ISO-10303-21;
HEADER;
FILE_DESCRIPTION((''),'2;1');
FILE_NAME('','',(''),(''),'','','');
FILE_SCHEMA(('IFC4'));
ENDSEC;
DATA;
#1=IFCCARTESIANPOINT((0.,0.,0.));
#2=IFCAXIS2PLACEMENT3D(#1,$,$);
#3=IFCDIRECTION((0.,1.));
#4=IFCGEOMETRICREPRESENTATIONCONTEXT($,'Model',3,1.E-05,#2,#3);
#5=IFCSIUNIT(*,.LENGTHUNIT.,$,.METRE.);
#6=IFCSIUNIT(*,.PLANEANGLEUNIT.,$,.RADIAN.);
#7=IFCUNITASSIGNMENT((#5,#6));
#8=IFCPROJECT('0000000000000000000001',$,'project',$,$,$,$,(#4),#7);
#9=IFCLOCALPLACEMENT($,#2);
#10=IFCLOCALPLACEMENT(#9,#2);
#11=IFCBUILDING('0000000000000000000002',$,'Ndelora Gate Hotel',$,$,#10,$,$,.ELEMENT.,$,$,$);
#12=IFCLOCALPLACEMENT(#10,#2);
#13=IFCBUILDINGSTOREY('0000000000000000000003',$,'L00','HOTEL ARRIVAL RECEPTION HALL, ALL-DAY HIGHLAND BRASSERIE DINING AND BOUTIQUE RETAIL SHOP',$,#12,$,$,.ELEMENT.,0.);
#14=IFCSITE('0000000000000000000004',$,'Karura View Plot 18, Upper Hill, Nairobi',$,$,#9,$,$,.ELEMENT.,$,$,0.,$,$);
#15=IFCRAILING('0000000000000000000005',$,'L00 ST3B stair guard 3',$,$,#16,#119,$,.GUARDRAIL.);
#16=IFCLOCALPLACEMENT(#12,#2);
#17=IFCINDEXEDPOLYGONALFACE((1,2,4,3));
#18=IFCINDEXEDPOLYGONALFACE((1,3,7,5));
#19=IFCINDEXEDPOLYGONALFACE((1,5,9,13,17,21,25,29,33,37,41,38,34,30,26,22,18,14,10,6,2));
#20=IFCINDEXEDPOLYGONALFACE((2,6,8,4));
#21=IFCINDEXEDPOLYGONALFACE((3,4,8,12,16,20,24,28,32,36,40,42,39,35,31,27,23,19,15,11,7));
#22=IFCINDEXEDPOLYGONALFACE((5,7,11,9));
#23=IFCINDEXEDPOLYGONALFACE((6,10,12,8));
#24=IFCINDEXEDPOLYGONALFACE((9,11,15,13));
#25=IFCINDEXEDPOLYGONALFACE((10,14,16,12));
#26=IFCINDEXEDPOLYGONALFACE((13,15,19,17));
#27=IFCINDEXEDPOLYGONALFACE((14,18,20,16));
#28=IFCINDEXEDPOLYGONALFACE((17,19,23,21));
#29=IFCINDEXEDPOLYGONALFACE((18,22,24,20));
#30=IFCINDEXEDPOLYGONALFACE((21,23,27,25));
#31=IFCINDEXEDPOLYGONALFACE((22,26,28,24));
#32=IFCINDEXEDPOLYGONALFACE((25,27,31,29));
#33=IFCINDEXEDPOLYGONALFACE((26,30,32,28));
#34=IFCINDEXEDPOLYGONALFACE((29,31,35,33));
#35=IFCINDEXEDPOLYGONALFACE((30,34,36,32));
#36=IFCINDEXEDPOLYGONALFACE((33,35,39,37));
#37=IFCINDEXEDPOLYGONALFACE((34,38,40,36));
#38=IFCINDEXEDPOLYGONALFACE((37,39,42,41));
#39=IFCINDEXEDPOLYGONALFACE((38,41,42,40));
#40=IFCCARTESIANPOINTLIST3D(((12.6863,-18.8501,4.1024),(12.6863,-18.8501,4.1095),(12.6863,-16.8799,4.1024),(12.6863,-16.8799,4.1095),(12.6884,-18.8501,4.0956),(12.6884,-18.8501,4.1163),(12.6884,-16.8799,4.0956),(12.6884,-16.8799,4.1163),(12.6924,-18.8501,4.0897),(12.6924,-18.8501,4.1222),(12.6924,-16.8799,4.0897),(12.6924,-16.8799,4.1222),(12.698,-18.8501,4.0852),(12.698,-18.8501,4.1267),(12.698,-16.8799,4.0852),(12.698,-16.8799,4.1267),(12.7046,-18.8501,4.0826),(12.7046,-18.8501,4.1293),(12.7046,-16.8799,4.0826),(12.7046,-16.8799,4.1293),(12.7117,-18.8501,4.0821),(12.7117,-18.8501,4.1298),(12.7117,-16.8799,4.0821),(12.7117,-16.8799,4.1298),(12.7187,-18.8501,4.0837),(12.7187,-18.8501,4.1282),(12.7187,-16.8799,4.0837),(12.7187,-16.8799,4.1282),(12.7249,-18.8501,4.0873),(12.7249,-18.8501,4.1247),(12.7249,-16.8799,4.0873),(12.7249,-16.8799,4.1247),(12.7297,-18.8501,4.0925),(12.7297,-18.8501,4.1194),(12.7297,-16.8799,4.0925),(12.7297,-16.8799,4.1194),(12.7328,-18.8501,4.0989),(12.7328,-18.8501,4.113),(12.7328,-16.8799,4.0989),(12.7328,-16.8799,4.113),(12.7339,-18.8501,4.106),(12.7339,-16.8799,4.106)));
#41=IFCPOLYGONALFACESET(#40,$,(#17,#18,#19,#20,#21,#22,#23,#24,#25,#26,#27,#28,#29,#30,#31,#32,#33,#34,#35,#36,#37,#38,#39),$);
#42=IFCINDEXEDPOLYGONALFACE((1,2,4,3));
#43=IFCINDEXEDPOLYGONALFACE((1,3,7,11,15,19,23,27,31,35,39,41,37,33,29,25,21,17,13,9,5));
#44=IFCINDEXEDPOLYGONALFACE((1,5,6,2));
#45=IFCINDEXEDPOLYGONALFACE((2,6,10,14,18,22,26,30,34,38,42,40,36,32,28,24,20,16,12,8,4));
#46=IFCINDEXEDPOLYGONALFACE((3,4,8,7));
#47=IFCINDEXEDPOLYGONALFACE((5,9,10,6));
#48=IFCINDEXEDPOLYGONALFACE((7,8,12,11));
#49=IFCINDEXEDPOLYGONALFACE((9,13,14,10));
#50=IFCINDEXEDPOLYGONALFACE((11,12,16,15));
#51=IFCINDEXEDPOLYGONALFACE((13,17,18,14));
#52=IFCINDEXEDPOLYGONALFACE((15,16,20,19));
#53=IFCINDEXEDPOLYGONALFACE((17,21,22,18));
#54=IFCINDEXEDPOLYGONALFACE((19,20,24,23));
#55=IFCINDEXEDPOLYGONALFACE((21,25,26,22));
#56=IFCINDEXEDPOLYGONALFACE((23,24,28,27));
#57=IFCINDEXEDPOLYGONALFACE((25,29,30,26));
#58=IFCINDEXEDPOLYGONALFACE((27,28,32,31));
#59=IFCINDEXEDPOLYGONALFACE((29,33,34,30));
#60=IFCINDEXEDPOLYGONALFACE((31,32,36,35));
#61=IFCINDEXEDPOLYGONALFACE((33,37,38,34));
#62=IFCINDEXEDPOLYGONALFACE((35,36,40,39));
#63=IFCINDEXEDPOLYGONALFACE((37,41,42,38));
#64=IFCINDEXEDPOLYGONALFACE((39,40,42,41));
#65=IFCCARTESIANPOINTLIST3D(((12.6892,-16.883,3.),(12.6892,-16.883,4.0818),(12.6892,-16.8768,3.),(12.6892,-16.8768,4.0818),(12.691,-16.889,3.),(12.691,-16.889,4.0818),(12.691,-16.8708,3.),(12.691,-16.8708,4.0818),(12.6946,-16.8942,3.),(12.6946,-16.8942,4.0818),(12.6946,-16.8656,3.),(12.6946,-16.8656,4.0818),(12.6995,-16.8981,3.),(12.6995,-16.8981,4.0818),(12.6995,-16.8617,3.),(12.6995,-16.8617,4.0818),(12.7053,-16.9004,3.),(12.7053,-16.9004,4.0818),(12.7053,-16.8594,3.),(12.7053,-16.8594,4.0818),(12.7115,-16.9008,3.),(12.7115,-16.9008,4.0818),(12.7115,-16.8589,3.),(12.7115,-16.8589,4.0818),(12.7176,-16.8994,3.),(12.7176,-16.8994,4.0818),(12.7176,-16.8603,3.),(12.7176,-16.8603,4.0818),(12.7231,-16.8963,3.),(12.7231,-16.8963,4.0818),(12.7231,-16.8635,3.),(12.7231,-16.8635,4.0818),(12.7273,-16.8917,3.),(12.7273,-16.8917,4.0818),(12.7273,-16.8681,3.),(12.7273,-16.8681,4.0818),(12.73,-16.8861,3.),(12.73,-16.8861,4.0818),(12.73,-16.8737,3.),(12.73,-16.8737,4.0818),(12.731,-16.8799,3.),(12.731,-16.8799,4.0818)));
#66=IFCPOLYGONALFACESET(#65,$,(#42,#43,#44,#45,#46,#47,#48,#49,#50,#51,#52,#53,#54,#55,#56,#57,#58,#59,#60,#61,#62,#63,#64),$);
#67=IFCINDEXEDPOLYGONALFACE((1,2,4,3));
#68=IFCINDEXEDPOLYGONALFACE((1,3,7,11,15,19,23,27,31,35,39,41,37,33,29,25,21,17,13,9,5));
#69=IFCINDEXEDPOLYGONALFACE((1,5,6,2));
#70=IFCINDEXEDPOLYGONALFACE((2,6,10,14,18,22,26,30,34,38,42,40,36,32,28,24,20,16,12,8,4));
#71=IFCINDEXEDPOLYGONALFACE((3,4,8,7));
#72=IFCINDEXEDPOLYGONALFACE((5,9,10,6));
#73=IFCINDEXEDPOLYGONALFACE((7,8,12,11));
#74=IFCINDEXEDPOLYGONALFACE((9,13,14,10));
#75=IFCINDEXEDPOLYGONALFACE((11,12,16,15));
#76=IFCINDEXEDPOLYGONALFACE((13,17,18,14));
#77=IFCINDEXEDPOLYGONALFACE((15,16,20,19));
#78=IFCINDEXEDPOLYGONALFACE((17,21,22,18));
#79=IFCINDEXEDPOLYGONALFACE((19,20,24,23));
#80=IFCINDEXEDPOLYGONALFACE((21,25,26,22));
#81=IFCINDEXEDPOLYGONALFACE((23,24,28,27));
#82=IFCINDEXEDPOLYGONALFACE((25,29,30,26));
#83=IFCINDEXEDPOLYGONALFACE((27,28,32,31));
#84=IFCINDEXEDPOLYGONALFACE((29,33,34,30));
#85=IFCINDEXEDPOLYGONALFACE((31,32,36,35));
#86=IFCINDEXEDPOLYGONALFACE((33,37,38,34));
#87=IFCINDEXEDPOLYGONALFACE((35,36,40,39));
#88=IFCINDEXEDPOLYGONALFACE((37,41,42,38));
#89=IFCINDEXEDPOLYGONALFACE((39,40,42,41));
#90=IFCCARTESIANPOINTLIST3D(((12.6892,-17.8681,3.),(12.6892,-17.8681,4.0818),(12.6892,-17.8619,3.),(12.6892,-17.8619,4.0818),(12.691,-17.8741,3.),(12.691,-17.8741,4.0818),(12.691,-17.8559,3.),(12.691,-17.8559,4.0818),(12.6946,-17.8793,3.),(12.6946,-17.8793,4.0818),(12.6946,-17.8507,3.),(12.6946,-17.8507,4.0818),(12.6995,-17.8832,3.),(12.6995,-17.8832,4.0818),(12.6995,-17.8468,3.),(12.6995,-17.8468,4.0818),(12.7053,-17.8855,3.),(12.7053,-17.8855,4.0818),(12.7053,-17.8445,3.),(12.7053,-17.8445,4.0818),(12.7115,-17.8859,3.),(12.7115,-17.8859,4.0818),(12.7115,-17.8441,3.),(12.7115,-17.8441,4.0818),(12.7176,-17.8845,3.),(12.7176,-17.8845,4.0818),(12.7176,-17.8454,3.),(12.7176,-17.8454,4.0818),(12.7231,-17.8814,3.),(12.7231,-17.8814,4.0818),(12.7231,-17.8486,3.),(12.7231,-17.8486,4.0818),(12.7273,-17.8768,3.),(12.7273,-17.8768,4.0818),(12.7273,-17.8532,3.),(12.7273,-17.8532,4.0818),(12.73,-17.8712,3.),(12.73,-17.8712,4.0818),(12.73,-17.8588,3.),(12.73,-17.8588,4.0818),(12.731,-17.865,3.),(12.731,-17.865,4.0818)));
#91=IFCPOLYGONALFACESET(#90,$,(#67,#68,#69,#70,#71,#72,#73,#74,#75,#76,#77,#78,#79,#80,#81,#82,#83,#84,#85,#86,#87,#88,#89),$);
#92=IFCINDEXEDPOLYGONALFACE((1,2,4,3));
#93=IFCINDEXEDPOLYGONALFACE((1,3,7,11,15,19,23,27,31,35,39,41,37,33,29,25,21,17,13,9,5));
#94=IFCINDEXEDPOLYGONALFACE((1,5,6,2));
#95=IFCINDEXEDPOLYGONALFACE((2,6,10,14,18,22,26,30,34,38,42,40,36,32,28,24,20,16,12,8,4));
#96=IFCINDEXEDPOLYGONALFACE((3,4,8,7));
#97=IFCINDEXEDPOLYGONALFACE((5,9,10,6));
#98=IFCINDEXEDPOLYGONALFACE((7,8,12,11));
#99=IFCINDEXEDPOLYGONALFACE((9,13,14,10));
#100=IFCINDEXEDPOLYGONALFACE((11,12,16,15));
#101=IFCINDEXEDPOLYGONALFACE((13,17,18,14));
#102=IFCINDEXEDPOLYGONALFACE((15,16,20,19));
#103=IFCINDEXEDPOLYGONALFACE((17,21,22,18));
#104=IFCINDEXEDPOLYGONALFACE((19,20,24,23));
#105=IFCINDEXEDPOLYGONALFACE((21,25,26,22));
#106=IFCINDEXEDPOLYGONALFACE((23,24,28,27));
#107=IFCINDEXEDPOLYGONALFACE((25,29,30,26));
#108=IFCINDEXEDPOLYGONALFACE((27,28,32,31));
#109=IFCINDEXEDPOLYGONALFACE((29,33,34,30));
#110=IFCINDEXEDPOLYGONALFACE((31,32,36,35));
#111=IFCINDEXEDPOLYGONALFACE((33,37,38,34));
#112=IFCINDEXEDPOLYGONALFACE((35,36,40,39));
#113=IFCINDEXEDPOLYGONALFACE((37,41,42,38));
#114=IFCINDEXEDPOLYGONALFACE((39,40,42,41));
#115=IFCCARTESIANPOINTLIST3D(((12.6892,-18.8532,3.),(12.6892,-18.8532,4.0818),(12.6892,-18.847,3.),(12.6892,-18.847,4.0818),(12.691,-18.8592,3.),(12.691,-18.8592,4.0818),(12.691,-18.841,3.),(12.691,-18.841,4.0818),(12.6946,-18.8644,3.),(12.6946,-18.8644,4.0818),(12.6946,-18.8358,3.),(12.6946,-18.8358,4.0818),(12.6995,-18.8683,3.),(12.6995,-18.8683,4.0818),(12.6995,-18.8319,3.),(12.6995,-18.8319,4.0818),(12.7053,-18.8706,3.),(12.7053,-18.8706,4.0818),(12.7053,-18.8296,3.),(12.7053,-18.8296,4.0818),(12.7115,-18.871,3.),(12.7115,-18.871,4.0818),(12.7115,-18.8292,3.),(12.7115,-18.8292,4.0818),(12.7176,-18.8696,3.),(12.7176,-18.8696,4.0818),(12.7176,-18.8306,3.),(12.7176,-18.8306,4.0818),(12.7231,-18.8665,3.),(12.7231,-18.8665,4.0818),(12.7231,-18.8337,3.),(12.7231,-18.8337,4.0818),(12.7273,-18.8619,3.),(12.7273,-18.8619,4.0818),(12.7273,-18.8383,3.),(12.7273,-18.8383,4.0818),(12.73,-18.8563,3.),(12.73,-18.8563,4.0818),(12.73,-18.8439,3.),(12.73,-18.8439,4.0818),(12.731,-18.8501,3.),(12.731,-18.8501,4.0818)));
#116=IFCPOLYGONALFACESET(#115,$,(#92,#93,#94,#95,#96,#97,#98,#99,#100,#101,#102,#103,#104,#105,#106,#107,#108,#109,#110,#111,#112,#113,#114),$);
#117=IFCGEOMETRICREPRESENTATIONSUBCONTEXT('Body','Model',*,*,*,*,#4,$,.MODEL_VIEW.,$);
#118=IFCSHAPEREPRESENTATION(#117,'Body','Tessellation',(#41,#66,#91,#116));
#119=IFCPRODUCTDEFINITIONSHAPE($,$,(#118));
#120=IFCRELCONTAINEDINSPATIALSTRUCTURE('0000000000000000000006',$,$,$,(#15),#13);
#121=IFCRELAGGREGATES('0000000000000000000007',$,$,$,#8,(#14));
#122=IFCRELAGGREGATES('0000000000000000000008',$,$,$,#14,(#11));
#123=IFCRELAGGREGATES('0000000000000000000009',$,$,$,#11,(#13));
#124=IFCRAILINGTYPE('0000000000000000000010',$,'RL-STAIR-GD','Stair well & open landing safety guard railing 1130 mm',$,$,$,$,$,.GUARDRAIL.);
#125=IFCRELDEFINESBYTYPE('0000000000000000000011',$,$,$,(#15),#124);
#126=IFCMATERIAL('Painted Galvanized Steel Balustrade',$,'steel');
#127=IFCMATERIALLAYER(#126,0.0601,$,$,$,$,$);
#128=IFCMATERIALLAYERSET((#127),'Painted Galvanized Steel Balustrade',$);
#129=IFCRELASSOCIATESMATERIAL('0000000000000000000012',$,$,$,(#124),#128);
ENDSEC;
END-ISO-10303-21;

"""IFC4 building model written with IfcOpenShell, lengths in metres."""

from ifc_helpers import new_model, si_unit, direction, frame, origin, origin_2d, place, context, subcontext, project, spatial, circle, extrude, material, layer, layer_set, type_object, element, save


model = new_model("IFC4")

# Units and contexts
model_context = context("Model", 3, precision=1e-05, world=origin(), true_north=direction((0.0, 1.0)))
body_context = subcontext(model_context, "Body", "Model", "MODEL_VIEW")
ifc_project = project(units=[si_unit("LENGTHUNIT", "METRE"), si_unit("PLANEANGLEUNIT", "RADIAN")], contexts=[model_context])

# Site, building, storey
site_placement = place(None, origin())
site = spatial("IfcSite", under=ifc_project, at=site_placement, Name="Karura View Plot 18, Upper Hill, Nairobi", CompositionType="ELEMENT", RefElevation=0.0)
building_placement = place(site_placement, origin())
building = spatial("IfcBuilding", under=site, at=building_placement, Name="Ndelora Gate Hotel", CompositionType="ELEMENT")
storey_placement = place(building_placement, origin())
storey = spatial("IfcBuildingStorey", under=building, at=storey_placement, Name="L00", Description="HOTEL ARRIVAL RECEPTION HALL, ALL-DAY HIGHLAND BRASSERIE DINING AND BOUTIQUE RETAIL SHOP", CompositionType="ELEMENT", Elevation=0.0)

# Railing
ifc_material_1 = material(Name="Painted Galvanized Steel Balustrade", Category="steel")
ifc_layer_1 = layer(ifc_material_1, 0.0601)
ifc_layer_set_1 = layer_set([ifc_layer_1], Name="Painted Galvanized Steel Balustrade")
railing_type_1 = type_object("IfcRailingType", Name="RL-STAIR-GD", Description="Stair well & open landing safety guard railing 1130 mm", PredefinedType="GUARDRAIL", material=ifc_layer_set_1)
for number, where, name in (
    (1, (12.71, -16.8799, 3.0), "L00 ST3B stair guard 3"),
):
    element("IfcRailing", number, at=place(storey_placement, frame(where)), inside=storey, type_object=railing_type_1, Name=name, PredefinedType="GUARDRAIL", context=body_context, shape_type="SweptSolid", body=[
        extrude(circle(Radius=0.0239, at=origin_2d()), frame((0.0, 0.0, 1.106), z_axis=(0.0, -1.0, 0.0), x_axis=(1.0, 0.0, 0.0)), (0.0, 0.0, 1.0), 1.9702),
        extrude(circle(Radius=0.021, at=origin_2d()), origin(), (0.0, 0.0, 1.0), 1.0818),
        extrude(circle(Radius=0.021, at=origin_2d()), frame((0.0, -0.9851, 0.0)), (0.0, 0.0, 1.0), 1.0818),
        extrude(circle(Radius=0.021, at=origin_2d()), frame((0.0, -1.9702, 0.0)), (0.0, 0.0, 1.0), 1.0818),
    ])

save(model, "model.ifc")
